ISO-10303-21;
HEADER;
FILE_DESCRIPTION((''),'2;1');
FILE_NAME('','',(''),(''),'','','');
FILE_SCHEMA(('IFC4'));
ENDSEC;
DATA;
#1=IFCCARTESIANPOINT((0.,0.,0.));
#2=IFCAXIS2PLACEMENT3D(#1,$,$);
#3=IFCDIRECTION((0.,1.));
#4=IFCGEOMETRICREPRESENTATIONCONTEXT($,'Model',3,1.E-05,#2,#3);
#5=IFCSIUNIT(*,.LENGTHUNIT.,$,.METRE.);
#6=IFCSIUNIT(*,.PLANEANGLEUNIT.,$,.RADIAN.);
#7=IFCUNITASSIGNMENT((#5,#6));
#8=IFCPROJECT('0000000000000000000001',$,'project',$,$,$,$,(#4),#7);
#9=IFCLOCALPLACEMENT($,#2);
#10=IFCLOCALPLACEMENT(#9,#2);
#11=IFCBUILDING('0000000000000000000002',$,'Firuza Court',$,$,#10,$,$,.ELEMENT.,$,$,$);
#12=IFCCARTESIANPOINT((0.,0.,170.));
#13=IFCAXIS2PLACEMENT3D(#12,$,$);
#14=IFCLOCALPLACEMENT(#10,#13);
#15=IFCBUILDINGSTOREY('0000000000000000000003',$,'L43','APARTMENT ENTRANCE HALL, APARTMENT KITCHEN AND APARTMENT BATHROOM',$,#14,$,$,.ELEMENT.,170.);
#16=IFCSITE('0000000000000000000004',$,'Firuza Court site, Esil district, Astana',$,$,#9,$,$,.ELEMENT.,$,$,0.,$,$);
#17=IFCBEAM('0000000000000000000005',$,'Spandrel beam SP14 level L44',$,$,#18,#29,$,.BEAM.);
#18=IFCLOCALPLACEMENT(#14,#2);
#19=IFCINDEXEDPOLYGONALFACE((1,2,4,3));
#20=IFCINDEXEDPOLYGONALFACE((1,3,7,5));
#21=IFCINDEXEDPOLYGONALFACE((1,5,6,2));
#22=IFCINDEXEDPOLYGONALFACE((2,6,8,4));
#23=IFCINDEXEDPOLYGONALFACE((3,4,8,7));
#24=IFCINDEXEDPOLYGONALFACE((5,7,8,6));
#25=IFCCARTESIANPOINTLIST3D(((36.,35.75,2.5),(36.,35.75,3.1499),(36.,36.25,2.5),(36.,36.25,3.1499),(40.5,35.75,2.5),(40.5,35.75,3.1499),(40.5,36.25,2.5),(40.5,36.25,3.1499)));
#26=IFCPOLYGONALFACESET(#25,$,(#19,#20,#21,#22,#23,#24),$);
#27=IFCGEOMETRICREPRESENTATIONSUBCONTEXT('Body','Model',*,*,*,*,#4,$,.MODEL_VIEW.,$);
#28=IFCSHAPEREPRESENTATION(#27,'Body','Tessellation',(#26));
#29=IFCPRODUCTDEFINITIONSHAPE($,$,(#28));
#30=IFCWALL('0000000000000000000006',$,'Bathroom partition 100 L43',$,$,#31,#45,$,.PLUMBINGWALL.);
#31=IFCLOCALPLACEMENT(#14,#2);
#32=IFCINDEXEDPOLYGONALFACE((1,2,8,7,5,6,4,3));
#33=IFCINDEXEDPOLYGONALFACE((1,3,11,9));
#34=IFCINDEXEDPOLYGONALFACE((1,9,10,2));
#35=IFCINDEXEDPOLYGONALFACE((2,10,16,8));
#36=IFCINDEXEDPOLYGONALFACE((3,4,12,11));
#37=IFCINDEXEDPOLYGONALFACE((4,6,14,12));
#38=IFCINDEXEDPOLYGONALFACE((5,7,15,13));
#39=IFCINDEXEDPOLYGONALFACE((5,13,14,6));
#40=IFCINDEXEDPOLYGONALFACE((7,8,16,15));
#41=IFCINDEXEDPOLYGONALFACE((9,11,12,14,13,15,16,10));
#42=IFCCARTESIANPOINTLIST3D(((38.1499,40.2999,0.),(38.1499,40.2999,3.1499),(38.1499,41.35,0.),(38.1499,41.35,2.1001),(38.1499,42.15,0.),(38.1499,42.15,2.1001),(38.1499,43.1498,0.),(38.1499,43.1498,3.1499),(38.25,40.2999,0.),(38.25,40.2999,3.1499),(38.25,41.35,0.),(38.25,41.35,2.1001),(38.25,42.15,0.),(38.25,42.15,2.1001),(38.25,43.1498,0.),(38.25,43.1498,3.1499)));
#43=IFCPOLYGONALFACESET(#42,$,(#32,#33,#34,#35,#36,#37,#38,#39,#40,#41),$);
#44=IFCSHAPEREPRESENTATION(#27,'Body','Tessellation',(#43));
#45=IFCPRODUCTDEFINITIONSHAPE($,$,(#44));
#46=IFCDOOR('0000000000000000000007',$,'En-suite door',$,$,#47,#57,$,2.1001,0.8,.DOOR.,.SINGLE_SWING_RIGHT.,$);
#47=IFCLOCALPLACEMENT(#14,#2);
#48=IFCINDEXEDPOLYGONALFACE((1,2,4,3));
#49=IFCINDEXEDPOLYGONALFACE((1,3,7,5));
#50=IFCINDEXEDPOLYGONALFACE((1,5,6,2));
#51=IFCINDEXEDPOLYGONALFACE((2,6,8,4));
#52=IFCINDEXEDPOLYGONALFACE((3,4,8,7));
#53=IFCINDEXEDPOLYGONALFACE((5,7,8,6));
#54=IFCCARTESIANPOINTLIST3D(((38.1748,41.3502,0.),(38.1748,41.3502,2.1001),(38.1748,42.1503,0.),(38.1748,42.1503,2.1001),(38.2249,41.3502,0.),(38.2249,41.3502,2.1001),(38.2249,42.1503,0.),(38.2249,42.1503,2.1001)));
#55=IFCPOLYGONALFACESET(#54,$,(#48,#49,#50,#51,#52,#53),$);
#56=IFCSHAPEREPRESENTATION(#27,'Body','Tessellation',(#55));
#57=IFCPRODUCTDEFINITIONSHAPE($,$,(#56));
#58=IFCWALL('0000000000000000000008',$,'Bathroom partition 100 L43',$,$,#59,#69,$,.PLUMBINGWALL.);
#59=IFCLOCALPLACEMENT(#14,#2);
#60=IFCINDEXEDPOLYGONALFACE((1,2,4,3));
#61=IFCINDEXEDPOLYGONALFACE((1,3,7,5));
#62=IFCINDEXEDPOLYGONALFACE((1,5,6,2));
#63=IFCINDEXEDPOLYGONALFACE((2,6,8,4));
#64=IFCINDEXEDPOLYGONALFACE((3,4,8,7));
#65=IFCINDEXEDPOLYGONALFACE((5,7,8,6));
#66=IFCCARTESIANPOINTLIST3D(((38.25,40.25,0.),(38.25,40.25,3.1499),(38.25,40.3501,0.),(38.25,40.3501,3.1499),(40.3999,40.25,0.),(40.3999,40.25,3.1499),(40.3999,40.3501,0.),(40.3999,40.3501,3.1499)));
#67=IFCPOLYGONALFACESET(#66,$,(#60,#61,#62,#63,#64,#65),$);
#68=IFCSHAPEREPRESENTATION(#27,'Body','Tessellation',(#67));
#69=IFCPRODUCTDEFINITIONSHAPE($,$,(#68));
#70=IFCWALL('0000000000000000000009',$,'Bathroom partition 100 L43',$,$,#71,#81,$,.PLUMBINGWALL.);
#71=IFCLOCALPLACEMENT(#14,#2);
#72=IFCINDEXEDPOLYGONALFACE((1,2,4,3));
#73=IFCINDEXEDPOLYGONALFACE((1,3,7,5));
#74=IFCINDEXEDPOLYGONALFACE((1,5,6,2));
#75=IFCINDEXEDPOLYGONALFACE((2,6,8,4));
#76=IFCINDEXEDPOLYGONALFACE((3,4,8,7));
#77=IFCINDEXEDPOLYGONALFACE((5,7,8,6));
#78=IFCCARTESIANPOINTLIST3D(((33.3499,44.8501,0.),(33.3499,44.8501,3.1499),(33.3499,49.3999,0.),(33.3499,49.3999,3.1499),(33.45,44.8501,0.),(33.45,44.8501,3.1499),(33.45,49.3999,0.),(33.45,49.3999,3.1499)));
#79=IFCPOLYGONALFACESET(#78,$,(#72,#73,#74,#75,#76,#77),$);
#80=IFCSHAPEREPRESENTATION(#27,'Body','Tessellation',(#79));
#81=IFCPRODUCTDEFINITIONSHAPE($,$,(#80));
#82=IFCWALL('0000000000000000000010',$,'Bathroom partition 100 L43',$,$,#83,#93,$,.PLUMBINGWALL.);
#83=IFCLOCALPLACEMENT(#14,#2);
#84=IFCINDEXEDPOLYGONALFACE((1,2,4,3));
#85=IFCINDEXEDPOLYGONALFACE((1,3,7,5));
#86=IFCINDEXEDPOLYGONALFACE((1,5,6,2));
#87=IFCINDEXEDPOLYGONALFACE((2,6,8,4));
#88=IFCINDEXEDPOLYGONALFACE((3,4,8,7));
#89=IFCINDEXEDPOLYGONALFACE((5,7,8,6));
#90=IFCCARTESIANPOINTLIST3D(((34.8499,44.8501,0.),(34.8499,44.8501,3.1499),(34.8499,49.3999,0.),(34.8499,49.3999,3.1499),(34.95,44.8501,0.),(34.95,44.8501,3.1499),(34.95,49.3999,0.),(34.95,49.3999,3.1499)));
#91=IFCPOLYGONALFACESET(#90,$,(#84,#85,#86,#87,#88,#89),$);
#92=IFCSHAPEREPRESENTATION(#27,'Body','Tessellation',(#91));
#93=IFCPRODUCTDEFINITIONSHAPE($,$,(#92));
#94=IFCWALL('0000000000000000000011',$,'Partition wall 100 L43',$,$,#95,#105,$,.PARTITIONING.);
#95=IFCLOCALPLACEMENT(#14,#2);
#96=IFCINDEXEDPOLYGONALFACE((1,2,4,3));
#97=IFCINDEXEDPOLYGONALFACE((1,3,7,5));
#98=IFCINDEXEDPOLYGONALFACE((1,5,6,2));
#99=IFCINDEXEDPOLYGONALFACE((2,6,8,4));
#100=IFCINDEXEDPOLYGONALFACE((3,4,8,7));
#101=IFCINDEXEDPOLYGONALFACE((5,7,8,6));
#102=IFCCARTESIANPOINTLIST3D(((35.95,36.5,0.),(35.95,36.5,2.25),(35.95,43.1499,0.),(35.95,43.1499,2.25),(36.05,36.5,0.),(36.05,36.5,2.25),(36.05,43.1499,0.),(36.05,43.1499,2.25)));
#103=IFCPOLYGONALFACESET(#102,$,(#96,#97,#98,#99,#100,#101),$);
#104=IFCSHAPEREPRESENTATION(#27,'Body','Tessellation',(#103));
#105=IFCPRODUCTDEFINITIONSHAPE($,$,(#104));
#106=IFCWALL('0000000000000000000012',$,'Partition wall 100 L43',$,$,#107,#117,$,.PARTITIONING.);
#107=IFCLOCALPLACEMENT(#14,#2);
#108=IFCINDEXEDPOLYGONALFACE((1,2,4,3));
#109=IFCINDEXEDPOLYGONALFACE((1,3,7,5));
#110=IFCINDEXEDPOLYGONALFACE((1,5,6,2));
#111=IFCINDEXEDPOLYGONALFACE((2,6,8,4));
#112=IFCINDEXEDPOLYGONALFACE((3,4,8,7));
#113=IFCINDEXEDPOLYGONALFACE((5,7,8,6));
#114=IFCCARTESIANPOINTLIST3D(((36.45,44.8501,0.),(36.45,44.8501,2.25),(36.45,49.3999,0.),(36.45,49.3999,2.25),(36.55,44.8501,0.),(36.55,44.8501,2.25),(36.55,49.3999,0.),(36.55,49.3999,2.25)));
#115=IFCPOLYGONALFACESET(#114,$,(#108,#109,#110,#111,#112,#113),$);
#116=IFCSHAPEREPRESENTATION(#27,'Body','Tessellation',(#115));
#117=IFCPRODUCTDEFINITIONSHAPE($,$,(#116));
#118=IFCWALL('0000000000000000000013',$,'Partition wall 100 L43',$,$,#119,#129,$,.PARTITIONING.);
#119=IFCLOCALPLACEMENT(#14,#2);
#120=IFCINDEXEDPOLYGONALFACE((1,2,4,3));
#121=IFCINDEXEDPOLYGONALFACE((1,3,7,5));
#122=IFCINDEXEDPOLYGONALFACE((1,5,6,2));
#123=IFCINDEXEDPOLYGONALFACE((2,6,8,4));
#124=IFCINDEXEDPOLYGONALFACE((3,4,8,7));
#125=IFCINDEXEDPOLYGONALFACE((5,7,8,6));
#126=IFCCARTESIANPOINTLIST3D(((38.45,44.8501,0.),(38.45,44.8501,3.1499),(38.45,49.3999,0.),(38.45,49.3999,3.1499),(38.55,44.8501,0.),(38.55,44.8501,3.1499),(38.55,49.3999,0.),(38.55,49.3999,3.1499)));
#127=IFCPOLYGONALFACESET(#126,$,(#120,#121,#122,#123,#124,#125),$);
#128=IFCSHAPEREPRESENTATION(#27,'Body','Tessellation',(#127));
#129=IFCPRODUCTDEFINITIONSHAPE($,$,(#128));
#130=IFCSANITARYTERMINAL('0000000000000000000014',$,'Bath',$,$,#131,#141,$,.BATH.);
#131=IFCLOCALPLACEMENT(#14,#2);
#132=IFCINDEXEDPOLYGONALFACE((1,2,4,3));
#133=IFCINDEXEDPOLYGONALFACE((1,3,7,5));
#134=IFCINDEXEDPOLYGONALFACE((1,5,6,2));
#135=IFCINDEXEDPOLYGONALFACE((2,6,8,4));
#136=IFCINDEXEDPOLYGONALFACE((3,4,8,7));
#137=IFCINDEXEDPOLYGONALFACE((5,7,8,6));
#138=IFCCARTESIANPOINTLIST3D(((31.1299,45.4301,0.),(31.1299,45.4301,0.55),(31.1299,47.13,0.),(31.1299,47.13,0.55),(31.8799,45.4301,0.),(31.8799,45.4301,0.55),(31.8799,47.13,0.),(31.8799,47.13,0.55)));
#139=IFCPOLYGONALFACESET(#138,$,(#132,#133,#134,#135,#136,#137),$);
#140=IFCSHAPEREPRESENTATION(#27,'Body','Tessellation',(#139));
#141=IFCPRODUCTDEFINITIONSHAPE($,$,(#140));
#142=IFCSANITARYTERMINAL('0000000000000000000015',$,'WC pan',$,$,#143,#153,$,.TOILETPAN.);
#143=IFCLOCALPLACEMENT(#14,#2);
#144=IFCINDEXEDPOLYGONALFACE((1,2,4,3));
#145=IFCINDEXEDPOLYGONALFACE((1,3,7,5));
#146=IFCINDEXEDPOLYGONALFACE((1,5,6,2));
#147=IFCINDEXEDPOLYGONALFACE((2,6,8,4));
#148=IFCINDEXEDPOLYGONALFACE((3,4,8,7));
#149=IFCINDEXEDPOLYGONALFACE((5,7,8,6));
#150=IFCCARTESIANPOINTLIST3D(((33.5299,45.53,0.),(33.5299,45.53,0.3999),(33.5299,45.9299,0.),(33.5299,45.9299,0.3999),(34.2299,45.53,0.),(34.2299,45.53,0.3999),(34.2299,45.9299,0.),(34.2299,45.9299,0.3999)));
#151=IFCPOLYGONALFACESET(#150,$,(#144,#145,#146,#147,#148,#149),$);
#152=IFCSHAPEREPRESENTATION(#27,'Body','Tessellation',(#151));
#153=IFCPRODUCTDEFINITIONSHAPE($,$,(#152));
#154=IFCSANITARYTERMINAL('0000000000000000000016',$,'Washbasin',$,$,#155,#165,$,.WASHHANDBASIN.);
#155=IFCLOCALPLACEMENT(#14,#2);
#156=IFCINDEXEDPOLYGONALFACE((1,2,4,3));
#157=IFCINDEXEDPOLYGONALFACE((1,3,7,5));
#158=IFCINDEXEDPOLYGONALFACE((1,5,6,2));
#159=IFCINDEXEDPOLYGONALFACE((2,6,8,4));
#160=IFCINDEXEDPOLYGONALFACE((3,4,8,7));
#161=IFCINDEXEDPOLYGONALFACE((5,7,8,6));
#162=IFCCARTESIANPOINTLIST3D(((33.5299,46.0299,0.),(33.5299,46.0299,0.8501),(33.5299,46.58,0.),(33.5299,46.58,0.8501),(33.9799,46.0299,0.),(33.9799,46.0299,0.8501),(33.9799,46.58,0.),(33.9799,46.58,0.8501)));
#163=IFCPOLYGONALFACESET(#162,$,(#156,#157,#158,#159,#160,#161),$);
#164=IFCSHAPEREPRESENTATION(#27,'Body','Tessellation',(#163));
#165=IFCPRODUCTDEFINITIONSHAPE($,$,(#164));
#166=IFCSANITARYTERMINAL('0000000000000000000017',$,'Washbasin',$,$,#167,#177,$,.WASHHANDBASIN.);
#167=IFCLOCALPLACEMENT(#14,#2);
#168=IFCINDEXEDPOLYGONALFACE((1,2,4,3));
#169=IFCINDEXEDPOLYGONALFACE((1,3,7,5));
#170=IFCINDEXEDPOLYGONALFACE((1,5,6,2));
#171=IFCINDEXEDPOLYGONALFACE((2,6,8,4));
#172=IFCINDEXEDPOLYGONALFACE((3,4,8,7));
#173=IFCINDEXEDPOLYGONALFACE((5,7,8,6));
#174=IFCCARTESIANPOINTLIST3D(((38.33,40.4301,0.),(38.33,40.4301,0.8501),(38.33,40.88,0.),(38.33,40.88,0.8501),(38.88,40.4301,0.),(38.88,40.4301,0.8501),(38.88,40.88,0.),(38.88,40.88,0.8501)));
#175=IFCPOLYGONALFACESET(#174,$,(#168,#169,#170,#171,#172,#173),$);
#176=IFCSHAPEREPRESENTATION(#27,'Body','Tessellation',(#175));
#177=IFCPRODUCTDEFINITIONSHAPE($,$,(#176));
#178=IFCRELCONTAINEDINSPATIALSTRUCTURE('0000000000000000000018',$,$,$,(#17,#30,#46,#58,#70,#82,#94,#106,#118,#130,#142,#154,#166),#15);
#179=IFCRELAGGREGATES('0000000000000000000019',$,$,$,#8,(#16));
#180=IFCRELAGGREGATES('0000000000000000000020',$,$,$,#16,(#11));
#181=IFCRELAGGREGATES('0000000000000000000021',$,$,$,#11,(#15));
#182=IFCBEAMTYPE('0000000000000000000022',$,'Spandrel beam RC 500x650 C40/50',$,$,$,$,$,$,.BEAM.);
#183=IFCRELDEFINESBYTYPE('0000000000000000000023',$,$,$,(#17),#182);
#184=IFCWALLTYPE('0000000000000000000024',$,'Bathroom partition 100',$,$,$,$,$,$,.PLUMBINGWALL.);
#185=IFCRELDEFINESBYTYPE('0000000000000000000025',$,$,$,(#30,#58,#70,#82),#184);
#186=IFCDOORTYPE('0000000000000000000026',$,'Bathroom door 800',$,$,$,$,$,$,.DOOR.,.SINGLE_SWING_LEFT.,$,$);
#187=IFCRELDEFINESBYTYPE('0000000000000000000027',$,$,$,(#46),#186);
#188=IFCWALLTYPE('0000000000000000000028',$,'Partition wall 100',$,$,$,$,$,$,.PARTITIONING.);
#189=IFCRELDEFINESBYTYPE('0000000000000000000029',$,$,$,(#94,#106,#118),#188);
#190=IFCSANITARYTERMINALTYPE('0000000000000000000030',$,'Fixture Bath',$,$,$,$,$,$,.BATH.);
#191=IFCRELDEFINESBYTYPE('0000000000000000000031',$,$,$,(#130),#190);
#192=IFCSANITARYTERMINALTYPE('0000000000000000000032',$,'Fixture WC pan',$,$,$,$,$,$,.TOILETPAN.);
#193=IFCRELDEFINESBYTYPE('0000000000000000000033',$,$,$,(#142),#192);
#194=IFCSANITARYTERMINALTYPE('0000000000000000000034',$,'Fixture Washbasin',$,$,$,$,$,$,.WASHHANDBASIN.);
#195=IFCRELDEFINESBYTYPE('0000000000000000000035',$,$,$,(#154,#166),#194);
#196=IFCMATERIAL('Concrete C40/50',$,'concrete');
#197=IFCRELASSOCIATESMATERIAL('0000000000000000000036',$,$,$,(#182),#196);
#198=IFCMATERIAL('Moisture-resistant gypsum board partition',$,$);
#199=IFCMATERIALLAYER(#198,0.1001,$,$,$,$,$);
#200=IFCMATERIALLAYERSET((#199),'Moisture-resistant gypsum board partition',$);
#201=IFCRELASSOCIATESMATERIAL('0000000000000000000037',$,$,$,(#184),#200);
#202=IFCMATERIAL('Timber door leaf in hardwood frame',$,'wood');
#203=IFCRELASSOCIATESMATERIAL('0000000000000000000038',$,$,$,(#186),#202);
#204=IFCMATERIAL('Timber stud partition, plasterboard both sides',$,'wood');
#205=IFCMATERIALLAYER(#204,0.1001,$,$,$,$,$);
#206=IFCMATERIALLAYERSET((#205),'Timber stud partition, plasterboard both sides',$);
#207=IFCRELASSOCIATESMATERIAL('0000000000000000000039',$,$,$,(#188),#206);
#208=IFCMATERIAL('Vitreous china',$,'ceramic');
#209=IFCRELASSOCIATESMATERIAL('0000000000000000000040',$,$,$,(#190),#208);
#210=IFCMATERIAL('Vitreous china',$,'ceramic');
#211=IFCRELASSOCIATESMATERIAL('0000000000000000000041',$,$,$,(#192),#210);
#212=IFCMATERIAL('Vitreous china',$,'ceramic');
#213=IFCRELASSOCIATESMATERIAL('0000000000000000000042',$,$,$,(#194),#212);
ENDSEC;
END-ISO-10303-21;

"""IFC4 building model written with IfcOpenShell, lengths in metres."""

from ifc_helpers import new_model, si_unit, direction, frame, frame_2d, origin, origin_2d, place, context, subcontext, project, spatial, rectangle, extrude, material, layer, layer_set, material_profile, profile_set, type_object, element, fill, save


model = new_model("IFC4")

# Units and contexts
model_context = context("Model", 3, precision=1e-05, world=origin(), true_north=direction((0.0, 1.0)))
body_context = subcontext(model_context, "Body", "Model", "MODEL_VIEW")
ifc_project = project(units=[si_unit("LENGTHUNIT", "METRE"), si_unit("PLANEANGLEUNIT", "RADIAN")], contexts=[model_context])

# Site, building, storey
site_placement = place(None, origin())
site = spatial("IfcSite", under=ifc_project, at=site_placement, Name="Firuza Court site, Esil district, Astana", CompositionType="ELEMENT", RefElevation=0.0)
building_placement = place(site_placement, origin())
building = spatial("IfcBuilding", under=site, at=building_placement, Name="Firuza Court", CompositionType="ELEMENT")
storey_placement = place(building_placement, frame((0.0, 0.0, 170.0)))
storey = spatial("IfcBuildingStorey", under=building, at=storey_placement, Name="L43", Description="APARTMENT ENTRANCE HALL, APARTMENT KITCHEN AND APARTMENT BATHROOM", CompositionType="ELEMENT", Elevation=170.0)

# Beam
ifc_material_1 = material(Name="Concrete C40/50", Category="concrete")
ifc_material_profile = material_profile(ifc_material_1, rectangle(XDim=0.5, YDim=0.6499, at=origin_2d()), Name="RC 500x650")
ifc_profile_set = profile_set([ifc_material_profile], Name="Concrete C40/50")
beam_type = type_object("IfcBeamType", Name="Spandrel beam RC 500x650 C40/50", PredefinedType="BEAM", material=ifc_profile_set)
beam_placement = place(storey_placement, frame((36.0, 36.0, 2.825), z_axis=(1.0, 0.0, 0.0), x_axis=(0.0, 1.0, 0.0)))
element("IfcBeam", 1, at=beam_placement, inside=storey, type_object=beam_type, Name="Spandrel beam SP14 level L44", PredefinedType="BEAM", context=body_context, shape_type="SweptSolid", body=[
    extrude(rectangle(XDim=0.5, YDim=0.6499, at=origin_2d()), origin(), (0.0, 0.0, 1.0), 4.5),
])

# Wall, opening, door
ifc_material_2 = material(Name="Moisture-resistant gypsum board partition")
ifc_layer_1 = layer(ifc_material_2, 0.1001)
ifc_layer_set_1 = layer_set([ifc_layer_1], Name="Moisture-resistant gypsum board partition")
wall_type_1 = type_object("IfcWallType", Name="Bathroom partition 100", PredefinedType="PLUMBINGWALL", material=ifc_layer_set_1)
wall_1_placement = place(storey_placement, frame((38.2, 40.3, 0.0), z_axis=(0.0, 0.0, 1.0), x_axis=(0.0, 1.0, 0.0)))
wall_1 = element("IfcWall", 2, at=wall_1_placement, inside=storey, type_object=wall_type_1, Name="Bathroom partition 100 L43", PredefinedType="PLUMBINGWALL", context=body_context, shape_type="SweptSolid", body=[
    extrude(rectangle(XDim=2.8499, YDim=0.1001, at=frame_2d((1.4248, 0.0))), origin(), (0.0, 0.0, 1.0), 3.1499),
])
opening_placement = place(wall_1_placement, frame((1.05, 0.0, 0.0)))
opening = element("IfcOpeningElement", 3, at=opening_placement, cuts=wall_1, PredefinedType="OPENING", context=body_context, shape_type="SweptSolid", body=[
    extrude(rectangle(XDim=0.8, YDim=2.1001, at=frame_2d((0.3999, 1.05))), frame((0.0, 0.062, 0.0), z_axis=(0.0, -1.0, 0.0), x_axis=(1.0, 0.0, 0.0)), (0.0, 0.0, 1.0), 0.124),
])
ifc_material_3 = material(Name="Timber door leaf in hardwood frame", Category="wood")
door_type = type_object("IfcDoorType", Name="Bathroom door 800", OperationType="SINGLE_SWING_LEFT", PredefinedType="DOOR", material=ifc_material_3)
door_placement = place(opening_placement, frame((0.8, 0.0, 0.0), z_axis=(0.0, 0.0, 1.0), x_axis=(-1.0, 0.0, 0.0)))
door = element("IfcDoor", 4, at=door_placement, inside=storey, type_object=door_type, Name="En-suite door", OperationType="SINGLE_SWING_RIGHT", OverallHeight=2.1001, OverallWidth=0.8, PredefinedType="DOOR", context=body_context, shape_type="SweptSolid", body=[
    extrude(rectangle(XDim=0.8, YDim=2.1001, at=frame_2d((0.3999, 1.05))), frame((0.0, 0.0249, 0.0), z_axis=(0.0, -1.0, 0.0), x_axis=(1.0, 0.0, 0.0)), (0.0, 0.0, 1.0), 0.05),
])
fill(opening, door)

# Walls
wall_2_placement = place(storey_placement, frame((38.25, 40.3, 0.0), z_axis=(0.0, 0.0, 1.0), x_axis=(1.0, 0.0, 0.0)))
element("IfcWall", 5, at=wall_2_placement, inside=storey, type_object=wall_type_1, Name="Bathroom partition 100 L43", PredefinedType="PLUMBINGWALL", context=body_context, shape_type="SweptSolid", body=[
    extrude(rectangle(XDim=2.1499, YDim=0.1001, at=frame_2d((1.075, 0.0))), origin(), (0.0, 0.0, 1.0), 3.1499),
])
for number, where, z_axis, x_axis, name in (
    (6, (33.3999, 44.8501, 0.0), (0.0, 0.0, 1.0), (0.0, 1.0, 0.0), "Bathroom partition 100 L43"),
    (7, (34.8999, 44.8501, 0.0), (0.0, 0.0, 1.0), (0.0, 1.0, 0.0), "Bathroom partition 100 L43"),
):
    element("IfcWall", number, at=place(storey_placement, frame(where, z_axis=z_axis, x_axis=x_axis)), inside=storey, type_object=wall_type_1, Name=name, PredefinedType="PLUMBINGWALL", context=body_context, shape_type="SweptSolid", body=[
        extrude(rectangle(XDim=4.5498, YDim=0.1001, at=frame_2d((2.2749, 0.0))), origin(), (0.0, 0.0, 1.0), 3.1499),
    ])
ifc_material_4 = material(Name="Timber stud partition, plasterboard both sides", Category="wood")
ifc_layer_2 = layer(ifc_material_4, 0.1001)
ifc_layer_set_2 = layer_set([ifc_layer_2], Name="Timber stud partition, plasterboard both sides")
wall_type_2 = type_object("IfcWallType", Name="Partition wall 100", PredefinedType="PARTITIONING", material=ifc_layer_set_2)
wall_3_placement = place(storey_placement, frame((36.0, 36.5, 0.0), z_axis=(0.0, 0.0, 1.0), x_axis=(0.0, 1.0, 0.0)))
element("IfcWall", 8, at=wall_3_placement, inside=storey, type_object=wall_type_2, Name="Partition wall 100 L43", PredefinedType="PARTITIONING", context=body_context, shape_type="SweptSolid", body=[
    extrude(rectangle(XDim=6.6499, YDim=0.1001, at=frame_2d((3.325, 0.0))), origin(), (0.0, 0.0, 1.0), 2.25),
])
wall_4_placement = place(storey_placement, frame((36.5, 44.8501, 0.0), z_axis=(0.0, 0.0, 1.0), x_axis=(0.0, 1.0, 0.0)))
element("IfcWall", 9, at=wall_4_placement, inside=storey, type_object=wall_type_2, Name="Partition wall 100 L43", PredefinedType="PARTITIONING", context=body_context, shape_type="SweptSolid", body=[
    extrude(rectangle(XDim=4.5498, YDim=0.1001, at=frame_2d((2.2749, 0.0))), origin(), (0.0, 0.0, 1.0), 2.25),
])
wall_5_placement = place(storey_placement, frame((38.5, 44.8501, 0.0), z_axis=(0.0, 0.0, 1.0), x_axis=(0.0, 1.0, 0.0)))
element("IfcWall", 10, at=wall_5_placement, inside=storey, type_object=wall_type_2, Name="Partition wall 100 L43", PredefinedType="PARTITIONING", context=body_context, shape_type="SweptSolid", body=[
    extrude(rectangle(XDim=4.5498, YDim=0.1001, at=frame_2d((2.2749, 0.0))), origin(), (0.0, 0.0, 1.0), 3.1499),
])

# Sanitary terminals
ifc_material_5 = material(Name="Vitreous china", Category="ceramic")
sanitary_terminal_type_1 = type_object("IfcSanitaryTerminalType", Name="Fixture Bath", PredefinedType="BATH", material=ifc_material_5)
sanitary_terminal_1_placement = place(storey_placement, frame((31.5049, 46.28, 0.0), z_axis=(0.0, 0.0, 1.0), x_axis=(1.0, 0.0, 0.0)))
element("IfcSanitaryTerminal", 11, at=sanitary_terminal_1_placement, inside=storey, type_object=sanitary_terminal_type_1, Name="Bath", PredefinedType="BATH", context=body_context, shape_type="SweptSolid", body=[
    extrude(rectangle(XDim=0.75, YDim=1.7, at=origin_2d()), origin(), (0.0, 0.0, 1.0), 0.55),
])
ifc_material_6 = material(Name="Vitreous china", Category="ceramic")
sanitary_terminal_type_2 = type_object("IfcSanitaryTerminalType", Name="Fixture WC pan", PredefinedType="TOILETPAN", material=ifc_material_6)
sanitary_terminal_2_placement = place(storey_placement, frame((33.8799, 45.73, 0.0), z_axis=(0.0, 0.0, 1.0), x_axis=(1.0, 0.0, 0.0)))
element("IfcSanitaryTerminal", 12, at=sanitary_terminal_2_placement, inside=storey, type_object=sanitary_terminal_type_2, Name="WC pan", PredefinedType="TOILETPAN", context=body_context, shape_type="SweptSolid", body=[
    extrude(rectangle(XDim=0.7, YDim=0.3999, at=origin_2d()), origin(), (0.0, 0.0, 1.0), 0.3999),
])
ifc_material_7 = material(Name="Vitreous china", Category="ceramic")
sanitary_terminal_type_3 = type_object("IfcSanitaryTerminalType", Name="Fixture Washbasin", PredefinedType="WASHHANDBASIN", material=ifc_material_7)
sanitary_terminal_3_placement = place(storey_placement, frame((33.7549, 46.3049, 0.0), z_axis=(0.0, 0.0, 1.0), x_axis=(1.0, 0.0, 0.0)))
element("IfcSanitaryTerminal", 13, at=sanitary_terminal_3_placement, inside=storey, type_object=sanitary_terminal_type_3, Name="Washbasin", PredefinedType="WASHHANDBASIN", context=body_context, shape_type="SweptSolid", body=[
    extrude(rectangle(XDim=0.45, YDim=0.55, at=origin_2d()), origin(), (0.0, 0.0, 1.0), 0.8501),
])
sanitary_terminal_4_placement = place(storey_placement, frame((38.605, 40.655, 0.0), z_axis=(0.0, 0.0, 1.0), x_axis=(1.0, 0.0, 0.0)))
element("IfcSanitaryTerminal", 14, at=sanitary_terminal_4_placement, inside=storey, type_object=sanitary_terminal_type_3, Name="Washbasin", PredefinedType="WASHHANDBASIN", context=body_context, shape_type="SweptSolid", body=[
    extrude(rectangle(XDim=0.55, YDim=0.45, at=origin_2d()), origin(), (0.0, 0.0, 1.0), 0.8501),
])

save(model, "model.ifc")
